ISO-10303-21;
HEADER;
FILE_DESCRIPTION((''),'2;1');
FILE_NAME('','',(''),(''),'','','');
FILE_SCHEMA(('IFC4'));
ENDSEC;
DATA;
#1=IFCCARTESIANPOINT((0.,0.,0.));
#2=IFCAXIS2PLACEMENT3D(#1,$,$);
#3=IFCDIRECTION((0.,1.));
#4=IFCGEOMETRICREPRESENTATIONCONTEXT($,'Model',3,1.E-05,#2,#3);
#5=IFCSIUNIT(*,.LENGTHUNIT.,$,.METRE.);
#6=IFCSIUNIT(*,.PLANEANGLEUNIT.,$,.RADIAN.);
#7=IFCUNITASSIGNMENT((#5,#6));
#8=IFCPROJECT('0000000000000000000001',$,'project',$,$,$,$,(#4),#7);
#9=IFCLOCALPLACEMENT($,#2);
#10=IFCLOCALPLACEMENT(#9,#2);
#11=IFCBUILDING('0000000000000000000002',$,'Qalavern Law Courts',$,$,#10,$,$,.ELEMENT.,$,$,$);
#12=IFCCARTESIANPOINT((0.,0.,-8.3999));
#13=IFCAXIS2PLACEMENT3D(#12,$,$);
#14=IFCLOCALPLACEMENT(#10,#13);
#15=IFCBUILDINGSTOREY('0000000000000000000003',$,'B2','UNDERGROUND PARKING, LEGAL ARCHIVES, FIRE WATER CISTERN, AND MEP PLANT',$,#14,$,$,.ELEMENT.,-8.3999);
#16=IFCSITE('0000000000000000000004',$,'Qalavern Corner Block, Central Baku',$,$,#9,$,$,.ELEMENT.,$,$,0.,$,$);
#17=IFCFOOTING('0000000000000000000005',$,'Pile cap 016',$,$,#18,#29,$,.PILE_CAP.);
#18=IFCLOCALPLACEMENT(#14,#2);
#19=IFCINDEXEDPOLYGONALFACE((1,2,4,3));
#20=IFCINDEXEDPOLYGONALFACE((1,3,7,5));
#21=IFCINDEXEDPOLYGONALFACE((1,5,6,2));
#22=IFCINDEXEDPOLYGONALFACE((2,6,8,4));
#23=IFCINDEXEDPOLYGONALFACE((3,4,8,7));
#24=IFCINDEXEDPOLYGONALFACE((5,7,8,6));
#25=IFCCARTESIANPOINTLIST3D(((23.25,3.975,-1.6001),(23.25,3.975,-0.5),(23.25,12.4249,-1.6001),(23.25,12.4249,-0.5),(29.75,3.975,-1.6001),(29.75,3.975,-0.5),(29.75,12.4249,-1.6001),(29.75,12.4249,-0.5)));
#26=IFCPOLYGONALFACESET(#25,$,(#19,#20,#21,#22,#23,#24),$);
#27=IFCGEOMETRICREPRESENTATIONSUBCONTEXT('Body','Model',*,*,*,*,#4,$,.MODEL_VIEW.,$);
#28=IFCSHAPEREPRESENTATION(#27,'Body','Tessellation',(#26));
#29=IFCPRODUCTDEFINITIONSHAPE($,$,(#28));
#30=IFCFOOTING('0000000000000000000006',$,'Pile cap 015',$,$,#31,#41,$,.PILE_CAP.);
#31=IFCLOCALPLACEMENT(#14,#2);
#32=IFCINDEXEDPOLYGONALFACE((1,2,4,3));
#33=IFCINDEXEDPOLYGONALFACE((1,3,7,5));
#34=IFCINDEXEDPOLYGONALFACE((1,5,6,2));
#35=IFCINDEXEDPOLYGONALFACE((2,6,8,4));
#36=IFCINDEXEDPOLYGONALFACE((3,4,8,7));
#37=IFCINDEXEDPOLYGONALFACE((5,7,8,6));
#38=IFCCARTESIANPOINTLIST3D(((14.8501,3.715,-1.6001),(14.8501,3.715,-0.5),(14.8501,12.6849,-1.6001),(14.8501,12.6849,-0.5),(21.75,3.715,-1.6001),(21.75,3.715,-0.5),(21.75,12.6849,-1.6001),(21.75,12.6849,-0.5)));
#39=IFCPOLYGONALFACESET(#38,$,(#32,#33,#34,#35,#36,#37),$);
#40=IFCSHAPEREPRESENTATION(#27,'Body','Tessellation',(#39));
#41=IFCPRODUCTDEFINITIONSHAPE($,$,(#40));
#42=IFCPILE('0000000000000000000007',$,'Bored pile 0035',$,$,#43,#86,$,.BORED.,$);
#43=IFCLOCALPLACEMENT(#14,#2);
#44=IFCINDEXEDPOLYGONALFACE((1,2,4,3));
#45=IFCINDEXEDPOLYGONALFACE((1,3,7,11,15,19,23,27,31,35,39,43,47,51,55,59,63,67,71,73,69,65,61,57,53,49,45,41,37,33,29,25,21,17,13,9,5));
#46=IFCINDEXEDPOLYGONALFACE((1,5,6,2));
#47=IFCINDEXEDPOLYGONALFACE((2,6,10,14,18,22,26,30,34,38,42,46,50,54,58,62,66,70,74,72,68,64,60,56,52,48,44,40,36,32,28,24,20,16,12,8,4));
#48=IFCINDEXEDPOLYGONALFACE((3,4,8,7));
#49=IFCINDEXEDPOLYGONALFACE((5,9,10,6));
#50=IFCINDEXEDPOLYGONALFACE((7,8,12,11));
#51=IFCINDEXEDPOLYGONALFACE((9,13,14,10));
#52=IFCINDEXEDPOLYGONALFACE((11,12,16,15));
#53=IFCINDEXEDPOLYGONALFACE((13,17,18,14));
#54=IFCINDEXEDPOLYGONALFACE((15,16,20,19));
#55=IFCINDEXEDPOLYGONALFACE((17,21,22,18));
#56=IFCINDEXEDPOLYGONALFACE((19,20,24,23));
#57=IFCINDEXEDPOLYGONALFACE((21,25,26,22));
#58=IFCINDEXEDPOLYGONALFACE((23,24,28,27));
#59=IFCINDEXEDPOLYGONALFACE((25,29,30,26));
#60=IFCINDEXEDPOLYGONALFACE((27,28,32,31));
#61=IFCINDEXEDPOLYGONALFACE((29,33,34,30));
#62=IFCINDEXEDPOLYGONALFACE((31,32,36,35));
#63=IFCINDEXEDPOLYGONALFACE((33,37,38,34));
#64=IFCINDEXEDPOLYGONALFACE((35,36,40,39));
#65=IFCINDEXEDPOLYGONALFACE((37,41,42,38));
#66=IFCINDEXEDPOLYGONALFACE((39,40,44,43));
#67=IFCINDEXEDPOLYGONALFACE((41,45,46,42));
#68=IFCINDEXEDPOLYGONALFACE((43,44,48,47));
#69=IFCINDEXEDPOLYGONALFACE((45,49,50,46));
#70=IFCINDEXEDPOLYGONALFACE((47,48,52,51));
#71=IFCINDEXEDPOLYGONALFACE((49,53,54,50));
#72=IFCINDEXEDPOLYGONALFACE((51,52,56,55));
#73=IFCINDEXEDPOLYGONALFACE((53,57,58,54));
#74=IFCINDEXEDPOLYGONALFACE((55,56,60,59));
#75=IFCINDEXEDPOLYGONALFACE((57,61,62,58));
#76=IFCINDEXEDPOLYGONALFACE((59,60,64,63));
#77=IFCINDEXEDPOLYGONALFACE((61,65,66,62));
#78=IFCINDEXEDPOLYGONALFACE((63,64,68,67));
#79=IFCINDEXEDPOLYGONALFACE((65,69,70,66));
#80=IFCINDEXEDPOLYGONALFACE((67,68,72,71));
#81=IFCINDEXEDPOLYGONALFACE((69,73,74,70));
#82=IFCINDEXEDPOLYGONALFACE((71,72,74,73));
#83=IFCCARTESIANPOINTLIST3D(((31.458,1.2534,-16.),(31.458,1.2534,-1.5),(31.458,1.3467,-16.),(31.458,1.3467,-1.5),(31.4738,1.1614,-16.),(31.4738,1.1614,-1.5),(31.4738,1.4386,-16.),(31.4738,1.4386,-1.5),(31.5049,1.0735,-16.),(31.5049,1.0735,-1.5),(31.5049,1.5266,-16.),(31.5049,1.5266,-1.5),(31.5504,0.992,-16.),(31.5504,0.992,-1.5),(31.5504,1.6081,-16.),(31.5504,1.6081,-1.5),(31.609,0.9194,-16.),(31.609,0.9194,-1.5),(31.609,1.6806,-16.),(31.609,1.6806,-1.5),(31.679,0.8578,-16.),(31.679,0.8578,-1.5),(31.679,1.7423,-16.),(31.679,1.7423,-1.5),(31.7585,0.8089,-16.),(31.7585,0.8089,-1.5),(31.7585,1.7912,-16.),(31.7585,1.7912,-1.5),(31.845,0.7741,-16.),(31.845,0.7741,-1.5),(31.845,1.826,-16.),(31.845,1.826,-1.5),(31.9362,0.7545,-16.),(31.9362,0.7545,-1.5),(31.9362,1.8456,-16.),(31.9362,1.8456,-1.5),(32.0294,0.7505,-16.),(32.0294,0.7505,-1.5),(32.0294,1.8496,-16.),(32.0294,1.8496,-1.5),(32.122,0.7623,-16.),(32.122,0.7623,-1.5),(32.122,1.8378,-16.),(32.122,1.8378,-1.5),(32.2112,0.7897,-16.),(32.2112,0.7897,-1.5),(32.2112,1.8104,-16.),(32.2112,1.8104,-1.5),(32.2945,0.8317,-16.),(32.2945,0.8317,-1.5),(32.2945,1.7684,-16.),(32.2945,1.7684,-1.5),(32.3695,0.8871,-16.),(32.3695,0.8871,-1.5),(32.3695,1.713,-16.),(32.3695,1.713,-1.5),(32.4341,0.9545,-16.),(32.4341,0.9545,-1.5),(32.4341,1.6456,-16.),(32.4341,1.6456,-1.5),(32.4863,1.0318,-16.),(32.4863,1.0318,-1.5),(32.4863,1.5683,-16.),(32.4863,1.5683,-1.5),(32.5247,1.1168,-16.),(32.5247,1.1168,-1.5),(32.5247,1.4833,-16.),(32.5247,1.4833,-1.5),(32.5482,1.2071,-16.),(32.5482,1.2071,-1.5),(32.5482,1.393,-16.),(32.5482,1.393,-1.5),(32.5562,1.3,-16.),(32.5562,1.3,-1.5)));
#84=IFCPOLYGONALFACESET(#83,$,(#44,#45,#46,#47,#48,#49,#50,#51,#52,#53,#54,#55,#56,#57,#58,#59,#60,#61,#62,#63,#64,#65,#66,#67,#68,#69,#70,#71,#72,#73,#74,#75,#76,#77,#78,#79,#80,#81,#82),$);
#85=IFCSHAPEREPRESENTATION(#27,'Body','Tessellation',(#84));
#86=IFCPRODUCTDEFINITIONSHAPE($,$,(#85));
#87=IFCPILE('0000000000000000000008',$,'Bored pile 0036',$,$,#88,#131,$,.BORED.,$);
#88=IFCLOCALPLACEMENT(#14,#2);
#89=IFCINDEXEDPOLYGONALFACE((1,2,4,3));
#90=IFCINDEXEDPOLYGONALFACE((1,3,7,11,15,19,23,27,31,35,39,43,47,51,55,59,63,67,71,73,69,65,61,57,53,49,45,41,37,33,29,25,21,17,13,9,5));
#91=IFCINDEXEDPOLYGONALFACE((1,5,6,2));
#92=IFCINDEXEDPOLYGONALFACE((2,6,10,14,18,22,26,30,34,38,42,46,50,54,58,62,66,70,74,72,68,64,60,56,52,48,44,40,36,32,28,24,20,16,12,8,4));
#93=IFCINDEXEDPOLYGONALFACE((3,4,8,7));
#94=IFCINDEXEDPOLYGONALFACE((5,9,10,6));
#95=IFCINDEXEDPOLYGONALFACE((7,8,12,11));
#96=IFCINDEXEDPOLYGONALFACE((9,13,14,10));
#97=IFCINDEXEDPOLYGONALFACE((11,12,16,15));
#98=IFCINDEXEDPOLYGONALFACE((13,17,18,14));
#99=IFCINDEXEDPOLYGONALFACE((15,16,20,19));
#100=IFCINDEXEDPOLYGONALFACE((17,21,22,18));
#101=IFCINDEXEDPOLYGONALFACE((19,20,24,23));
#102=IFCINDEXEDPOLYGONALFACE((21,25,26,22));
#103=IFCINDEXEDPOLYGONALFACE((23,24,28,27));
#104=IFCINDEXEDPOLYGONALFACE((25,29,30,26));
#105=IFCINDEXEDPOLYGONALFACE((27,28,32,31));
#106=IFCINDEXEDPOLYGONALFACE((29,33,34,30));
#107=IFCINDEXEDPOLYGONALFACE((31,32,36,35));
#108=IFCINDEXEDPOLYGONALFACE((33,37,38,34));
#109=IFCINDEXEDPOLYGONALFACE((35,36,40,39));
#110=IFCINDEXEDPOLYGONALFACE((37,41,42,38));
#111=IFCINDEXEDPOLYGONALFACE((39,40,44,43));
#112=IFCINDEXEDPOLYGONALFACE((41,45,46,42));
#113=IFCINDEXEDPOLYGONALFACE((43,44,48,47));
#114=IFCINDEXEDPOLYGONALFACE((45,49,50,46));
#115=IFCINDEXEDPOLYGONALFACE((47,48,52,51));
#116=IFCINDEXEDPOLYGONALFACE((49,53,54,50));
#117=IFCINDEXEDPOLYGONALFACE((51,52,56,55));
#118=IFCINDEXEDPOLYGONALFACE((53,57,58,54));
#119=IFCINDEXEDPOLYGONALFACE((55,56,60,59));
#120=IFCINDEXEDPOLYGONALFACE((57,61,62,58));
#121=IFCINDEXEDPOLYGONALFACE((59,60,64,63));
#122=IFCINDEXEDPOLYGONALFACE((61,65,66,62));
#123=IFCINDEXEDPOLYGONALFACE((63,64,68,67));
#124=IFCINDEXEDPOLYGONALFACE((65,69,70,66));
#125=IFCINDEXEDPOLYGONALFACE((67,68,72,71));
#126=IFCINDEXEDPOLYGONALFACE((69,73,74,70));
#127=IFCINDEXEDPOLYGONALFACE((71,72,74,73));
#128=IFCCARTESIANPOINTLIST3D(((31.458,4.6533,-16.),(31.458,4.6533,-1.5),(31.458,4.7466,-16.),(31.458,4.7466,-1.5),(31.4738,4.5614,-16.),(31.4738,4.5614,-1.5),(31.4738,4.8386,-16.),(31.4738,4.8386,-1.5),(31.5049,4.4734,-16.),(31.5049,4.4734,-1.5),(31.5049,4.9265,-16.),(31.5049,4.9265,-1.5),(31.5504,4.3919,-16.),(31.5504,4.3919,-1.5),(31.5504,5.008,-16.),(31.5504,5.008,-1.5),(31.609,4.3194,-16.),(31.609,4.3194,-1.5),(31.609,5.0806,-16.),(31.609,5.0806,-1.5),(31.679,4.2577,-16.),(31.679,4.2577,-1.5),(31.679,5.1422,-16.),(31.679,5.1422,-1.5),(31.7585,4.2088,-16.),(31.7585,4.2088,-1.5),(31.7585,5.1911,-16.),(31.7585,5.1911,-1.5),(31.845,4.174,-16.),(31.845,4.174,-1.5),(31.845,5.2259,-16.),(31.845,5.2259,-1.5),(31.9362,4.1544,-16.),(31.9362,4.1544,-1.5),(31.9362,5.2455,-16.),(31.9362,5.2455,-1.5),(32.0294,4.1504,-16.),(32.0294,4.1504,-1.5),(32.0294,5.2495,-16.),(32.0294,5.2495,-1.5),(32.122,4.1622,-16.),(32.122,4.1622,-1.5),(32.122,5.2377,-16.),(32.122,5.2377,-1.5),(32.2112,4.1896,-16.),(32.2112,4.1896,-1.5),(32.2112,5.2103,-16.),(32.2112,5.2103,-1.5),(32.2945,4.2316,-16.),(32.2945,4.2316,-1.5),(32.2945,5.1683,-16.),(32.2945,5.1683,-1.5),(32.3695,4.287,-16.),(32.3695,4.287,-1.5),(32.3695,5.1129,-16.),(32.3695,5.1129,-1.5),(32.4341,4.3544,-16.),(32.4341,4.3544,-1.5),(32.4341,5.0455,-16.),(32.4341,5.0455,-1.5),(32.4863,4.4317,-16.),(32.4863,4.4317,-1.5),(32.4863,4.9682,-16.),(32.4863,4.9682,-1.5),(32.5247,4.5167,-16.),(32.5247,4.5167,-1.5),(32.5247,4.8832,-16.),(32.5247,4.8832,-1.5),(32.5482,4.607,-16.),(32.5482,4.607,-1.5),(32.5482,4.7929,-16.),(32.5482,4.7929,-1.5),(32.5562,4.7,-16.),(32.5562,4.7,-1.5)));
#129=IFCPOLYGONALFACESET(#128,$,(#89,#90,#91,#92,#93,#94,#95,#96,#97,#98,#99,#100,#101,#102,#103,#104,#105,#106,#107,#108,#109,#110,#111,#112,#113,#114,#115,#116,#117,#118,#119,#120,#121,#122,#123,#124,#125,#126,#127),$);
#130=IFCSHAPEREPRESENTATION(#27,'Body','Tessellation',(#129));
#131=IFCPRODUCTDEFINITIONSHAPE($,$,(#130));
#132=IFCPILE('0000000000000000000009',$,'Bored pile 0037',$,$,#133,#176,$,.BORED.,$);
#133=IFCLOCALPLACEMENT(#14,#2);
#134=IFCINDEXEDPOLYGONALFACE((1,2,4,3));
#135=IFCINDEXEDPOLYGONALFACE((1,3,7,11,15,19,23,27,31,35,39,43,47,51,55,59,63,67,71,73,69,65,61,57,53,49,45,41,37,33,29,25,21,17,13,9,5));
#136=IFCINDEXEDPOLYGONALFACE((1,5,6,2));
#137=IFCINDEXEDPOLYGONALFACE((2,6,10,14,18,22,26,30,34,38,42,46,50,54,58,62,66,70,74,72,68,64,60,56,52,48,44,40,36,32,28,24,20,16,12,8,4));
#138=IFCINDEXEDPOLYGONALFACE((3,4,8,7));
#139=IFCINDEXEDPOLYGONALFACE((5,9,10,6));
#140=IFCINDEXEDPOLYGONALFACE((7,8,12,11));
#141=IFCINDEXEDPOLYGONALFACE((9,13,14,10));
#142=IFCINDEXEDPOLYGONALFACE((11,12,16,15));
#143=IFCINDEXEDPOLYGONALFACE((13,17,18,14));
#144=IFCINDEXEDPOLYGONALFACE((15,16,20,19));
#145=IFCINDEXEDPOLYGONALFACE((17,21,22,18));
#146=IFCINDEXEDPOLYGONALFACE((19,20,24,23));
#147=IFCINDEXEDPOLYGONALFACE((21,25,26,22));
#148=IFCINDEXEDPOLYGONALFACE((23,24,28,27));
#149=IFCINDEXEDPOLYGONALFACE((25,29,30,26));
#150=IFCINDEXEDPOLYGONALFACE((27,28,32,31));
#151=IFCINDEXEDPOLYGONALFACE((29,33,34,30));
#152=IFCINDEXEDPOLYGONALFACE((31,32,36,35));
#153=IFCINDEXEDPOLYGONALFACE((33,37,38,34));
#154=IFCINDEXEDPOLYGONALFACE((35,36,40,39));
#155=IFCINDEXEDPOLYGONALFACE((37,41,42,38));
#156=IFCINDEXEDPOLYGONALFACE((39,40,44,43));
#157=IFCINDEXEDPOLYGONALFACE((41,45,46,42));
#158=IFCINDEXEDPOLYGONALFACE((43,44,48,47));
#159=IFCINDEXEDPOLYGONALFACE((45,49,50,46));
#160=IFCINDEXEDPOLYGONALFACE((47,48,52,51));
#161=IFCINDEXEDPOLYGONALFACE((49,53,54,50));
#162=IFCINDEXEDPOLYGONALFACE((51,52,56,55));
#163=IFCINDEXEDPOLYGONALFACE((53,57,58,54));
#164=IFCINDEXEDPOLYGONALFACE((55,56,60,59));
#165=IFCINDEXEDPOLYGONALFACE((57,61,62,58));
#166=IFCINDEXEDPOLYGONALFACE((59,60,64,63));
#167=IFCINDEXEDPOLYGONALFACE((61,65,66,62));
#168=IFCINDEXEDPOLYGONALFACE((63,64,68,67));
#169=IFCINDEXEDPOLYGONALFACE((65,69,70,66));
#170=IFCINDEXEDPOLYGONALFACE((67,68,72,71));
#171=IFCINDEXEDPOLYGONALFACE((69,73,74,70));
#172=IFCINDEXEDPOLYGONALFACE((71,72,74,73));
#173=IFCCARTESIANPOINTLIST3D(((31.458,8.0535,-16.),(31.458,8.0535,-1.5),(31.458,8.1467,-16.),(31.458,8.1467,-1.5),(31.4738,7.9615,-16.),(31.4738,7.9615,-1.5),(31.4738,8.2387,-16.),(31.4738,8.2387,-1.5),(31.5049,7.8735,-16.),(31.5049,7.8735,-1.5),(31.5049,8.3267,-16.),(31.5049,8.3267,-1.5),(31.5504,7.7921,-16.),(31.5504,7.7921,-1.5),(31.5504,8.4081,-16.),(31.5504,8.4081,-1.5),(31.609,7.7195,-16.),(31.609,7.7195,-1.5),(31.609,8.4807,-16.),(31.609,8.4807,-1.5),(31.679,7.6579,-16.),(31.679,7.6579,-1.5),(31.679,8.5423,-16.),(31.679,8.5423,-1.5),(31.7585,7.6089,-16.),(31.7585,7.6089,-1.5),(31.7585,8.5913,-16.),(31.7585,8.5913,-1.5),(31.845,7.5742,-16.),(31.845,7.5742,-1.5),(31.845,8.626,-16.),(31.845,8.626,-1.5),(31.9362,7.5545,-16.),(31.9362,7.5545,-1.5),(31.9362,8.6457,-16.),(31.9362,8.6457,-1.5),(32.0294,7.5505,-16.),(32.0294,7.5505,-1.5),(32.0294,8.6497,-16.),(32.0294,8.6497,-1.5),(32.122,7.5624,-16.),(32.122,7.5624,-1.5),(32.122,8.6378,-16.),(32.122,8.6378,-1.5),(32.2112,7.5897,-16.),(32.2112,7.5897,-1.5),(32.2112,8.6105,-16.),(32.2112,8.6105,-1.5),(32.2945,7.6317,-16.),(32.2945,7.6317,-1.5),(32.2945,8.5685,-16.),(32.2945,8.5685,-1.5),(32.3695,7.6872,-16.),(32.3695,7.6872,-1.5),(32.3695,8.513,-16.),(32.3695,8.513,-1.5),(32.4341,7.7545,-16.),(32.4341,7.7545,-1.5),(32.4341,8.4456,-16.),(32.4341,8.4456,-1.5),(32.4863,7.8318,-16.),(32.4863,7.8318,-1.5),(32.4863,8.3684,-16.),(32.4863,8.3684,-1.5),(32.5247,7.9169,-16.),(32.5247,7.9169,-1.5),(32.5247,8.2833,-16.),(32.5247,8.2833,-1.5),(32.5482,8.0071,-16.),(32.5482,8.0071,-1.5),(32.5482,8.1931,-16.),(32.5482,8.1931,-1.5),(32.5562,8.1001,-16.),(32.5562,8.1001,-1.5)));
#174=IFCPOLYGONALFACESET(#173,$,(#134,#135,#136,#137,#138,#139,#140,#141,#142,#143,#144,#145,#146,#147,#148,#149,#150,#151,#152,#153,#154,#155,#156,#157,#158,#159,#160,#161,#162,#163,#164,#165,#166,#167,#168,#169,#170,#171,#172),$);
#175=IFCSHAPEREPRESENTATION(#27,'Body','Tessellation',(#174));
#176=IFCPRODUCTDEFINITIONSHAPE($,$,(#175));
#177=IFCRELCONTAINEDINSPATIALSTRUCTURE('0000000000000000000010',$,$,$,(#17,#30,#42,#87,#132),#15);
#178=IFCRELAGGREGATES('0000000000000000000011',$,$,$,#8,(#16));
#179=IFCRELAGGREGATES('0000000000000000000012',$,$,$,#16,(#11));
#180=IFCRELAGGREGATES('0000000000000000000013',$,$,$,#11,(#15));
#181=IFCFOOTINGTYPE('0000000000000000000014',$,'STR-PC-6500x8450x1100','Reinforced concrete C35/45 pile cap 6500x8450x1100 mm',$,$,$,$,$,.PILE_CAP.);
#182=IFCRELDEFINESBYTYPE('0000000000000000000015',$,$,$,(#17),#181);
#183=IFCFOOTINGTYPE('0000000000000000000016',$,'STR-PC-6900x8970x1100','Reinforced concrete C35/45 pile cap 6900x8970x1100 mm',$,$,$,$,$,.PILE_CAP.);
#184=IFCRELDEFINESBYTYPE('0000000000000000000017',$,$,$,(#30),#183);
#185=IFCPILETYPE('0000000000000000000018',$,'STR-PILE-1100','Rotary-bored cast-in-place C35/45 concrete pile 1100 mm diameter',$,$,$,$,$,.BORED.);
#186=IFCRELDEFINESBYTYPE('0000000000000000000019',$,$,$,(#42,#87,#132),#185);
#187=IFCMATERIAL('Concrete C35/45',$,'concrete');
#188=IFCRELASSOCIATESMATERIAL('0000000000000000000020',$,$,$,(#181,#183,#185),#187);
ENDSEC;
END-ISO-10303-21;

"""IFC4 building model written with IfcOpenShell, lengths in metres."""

from ifc_helpers import new_model, si_unit, direction, frame, origin, origin_2d, place, context, subcontext, project, spatial, rectangle, circle, extrude, material, material_profile, profile_set, type_object, element, save


model = new_model("IFC4")

# Units and contexts
model_context = context("Model", 3, precision=1e-05, world=origin(), true_north=direction((0.0, 1.0)))
body_context = subcontext(model_context, "Body", "Model", "MODEL_VIEW")
ifc_project = project(units=[si_unit("LENGTHUNIT", "METRE"), si_unit("PLANEANGLEUNIT", "RADIAN")], contexts=[model_context])

# Site, building, storey
site_placement = place(None, origin())
site = spatial("IfcSite", under=ifc_project, at=site_placement, Name="Qalavern Corner Block, Central Baku", CompositionType="ELEMENT", RefElevation=0.0)
building_placement = place(site_placement, origin())
building = spatial("IfcBuilding", under=site, at=building_placement, Name="Qalavern Law Courts", CompositionType="ELEMENT")
storey_placement = place(building_placement, frame((0.0, 0.0, -8.3999)))
storey = spatial("IfcBuildingStorey", under=building, at=storey_placement, Name="B2", Description="UNDERGROUND PARKING, LEGAL ARCHIVES, FIRE WATER CISTERN, AND MEP PLANT", CompositionType="ELEMENT", Elevation=-8.3999)

# Footings
ifc_material_1 = material(Name="Concrete C35/45", Category="concrete")
footing_type_1 = type_object("IfcFootingType", Name="STR-PC-6500x8450x1100", Description="Reinforced concrete C35/45 pile cap 6500x8450x1100 mm", PredefinedType="PILE_CAP", material=ifc_material_1)
footing_1_placement = place(storey_placement, frame((26.5, 8.2, -1.6001), z_axis=(0.0, 0.0, 1.0), x_axis=(1.0, 0.0, 0.0)))
element("IfcFooting", 1, at=footing_1_placement, inside=storey, type_object=footing_type_1, Name="Pile cap 016", PredefinedType="PILE_CAP", context=body_context, shape_type="SweptSolid", body=[
    extrude(rectangle(XDim=6.5, YDim=8.45, at=origin_2d()), origin(), (0.0, 0.0, 1.0), 1.1001),
])
footing_type_2 = type_object("IfcFootingType", Name="STR-PC-6900x8970x1100", Description="Reinforced concrete C35/45 pile cap 6900x8970x1100 mm", PredefinedType="PILE_CAP", material=ifc_material_1)
footing_2_placement = place(storey_placement, frame((18.3, 8.2, -1.6001), z_axis=(0.0, 0.0, 1.0), x_axis=(1.0, 0.0, 0.0)))
element("IfcFooting", 2, at=footing_2_placement, inside=storey, type_object=footing_type_2, Name="Pile cap 015", PredefinedType="PILE_CAP", context=body_context, shape_type="SweptSolid", body=[
    extrude(rectangle(XDim=6.8999, YDim=8.97, at=origin_2d()), origin(), (0.0, 0.0, 1.0), 1.1001),
])

# Piles
ifc_material_profile_1 = material_profile(ifc_material_1, circle(Radius=0.55, at=origin_2d()), Name="BORED PILE 1100")
ifc_profile_set_1 = profile_set([ifc_material_profile_1], Name="Concrete C35/45")
pile_type = type_object("IfcPileType", Name="STR-PILE-1100", Description="Rotary-bored cast-in-place C35/45 concrete pile 1100 mm diameter", PredefinedType="BORED", material=ifc_profile_set_1)
for number, where, z_axis, x_axis, name in (
    (3, (32.0061, 1.3, -1.5), (0.0, 0.0, -1.0), (1.0, 0.0, 0.0), "Bored pile 0035"),
    (4, (32.0061, 4.7, -1.5), (0.0, 0.0, -1.0), (1.0, 0.0, 0.0), "Bored pile 0036"),
    (5, (32.0061, 8.1001, -1.5), (0.0, 0.0, -1.0), (1.0, 0.0, 0.0), "Bored pile 0037"),
):
    element("IfcPile", number, at=place(storey_placement, frame(where, z_axis=z_axis, x_axis=x_axis)), inside=storey, type_object=pile_type, Name=name, PredefinedType="BORED", context=body_context, shape_type="SweptSolid", body=[
        extrude(circle(Radius=0.55, at=origin_2d()), origin(), (0.0, 0.0, 1.0), 14.5),
    ])

save(model, "model.ifc")
